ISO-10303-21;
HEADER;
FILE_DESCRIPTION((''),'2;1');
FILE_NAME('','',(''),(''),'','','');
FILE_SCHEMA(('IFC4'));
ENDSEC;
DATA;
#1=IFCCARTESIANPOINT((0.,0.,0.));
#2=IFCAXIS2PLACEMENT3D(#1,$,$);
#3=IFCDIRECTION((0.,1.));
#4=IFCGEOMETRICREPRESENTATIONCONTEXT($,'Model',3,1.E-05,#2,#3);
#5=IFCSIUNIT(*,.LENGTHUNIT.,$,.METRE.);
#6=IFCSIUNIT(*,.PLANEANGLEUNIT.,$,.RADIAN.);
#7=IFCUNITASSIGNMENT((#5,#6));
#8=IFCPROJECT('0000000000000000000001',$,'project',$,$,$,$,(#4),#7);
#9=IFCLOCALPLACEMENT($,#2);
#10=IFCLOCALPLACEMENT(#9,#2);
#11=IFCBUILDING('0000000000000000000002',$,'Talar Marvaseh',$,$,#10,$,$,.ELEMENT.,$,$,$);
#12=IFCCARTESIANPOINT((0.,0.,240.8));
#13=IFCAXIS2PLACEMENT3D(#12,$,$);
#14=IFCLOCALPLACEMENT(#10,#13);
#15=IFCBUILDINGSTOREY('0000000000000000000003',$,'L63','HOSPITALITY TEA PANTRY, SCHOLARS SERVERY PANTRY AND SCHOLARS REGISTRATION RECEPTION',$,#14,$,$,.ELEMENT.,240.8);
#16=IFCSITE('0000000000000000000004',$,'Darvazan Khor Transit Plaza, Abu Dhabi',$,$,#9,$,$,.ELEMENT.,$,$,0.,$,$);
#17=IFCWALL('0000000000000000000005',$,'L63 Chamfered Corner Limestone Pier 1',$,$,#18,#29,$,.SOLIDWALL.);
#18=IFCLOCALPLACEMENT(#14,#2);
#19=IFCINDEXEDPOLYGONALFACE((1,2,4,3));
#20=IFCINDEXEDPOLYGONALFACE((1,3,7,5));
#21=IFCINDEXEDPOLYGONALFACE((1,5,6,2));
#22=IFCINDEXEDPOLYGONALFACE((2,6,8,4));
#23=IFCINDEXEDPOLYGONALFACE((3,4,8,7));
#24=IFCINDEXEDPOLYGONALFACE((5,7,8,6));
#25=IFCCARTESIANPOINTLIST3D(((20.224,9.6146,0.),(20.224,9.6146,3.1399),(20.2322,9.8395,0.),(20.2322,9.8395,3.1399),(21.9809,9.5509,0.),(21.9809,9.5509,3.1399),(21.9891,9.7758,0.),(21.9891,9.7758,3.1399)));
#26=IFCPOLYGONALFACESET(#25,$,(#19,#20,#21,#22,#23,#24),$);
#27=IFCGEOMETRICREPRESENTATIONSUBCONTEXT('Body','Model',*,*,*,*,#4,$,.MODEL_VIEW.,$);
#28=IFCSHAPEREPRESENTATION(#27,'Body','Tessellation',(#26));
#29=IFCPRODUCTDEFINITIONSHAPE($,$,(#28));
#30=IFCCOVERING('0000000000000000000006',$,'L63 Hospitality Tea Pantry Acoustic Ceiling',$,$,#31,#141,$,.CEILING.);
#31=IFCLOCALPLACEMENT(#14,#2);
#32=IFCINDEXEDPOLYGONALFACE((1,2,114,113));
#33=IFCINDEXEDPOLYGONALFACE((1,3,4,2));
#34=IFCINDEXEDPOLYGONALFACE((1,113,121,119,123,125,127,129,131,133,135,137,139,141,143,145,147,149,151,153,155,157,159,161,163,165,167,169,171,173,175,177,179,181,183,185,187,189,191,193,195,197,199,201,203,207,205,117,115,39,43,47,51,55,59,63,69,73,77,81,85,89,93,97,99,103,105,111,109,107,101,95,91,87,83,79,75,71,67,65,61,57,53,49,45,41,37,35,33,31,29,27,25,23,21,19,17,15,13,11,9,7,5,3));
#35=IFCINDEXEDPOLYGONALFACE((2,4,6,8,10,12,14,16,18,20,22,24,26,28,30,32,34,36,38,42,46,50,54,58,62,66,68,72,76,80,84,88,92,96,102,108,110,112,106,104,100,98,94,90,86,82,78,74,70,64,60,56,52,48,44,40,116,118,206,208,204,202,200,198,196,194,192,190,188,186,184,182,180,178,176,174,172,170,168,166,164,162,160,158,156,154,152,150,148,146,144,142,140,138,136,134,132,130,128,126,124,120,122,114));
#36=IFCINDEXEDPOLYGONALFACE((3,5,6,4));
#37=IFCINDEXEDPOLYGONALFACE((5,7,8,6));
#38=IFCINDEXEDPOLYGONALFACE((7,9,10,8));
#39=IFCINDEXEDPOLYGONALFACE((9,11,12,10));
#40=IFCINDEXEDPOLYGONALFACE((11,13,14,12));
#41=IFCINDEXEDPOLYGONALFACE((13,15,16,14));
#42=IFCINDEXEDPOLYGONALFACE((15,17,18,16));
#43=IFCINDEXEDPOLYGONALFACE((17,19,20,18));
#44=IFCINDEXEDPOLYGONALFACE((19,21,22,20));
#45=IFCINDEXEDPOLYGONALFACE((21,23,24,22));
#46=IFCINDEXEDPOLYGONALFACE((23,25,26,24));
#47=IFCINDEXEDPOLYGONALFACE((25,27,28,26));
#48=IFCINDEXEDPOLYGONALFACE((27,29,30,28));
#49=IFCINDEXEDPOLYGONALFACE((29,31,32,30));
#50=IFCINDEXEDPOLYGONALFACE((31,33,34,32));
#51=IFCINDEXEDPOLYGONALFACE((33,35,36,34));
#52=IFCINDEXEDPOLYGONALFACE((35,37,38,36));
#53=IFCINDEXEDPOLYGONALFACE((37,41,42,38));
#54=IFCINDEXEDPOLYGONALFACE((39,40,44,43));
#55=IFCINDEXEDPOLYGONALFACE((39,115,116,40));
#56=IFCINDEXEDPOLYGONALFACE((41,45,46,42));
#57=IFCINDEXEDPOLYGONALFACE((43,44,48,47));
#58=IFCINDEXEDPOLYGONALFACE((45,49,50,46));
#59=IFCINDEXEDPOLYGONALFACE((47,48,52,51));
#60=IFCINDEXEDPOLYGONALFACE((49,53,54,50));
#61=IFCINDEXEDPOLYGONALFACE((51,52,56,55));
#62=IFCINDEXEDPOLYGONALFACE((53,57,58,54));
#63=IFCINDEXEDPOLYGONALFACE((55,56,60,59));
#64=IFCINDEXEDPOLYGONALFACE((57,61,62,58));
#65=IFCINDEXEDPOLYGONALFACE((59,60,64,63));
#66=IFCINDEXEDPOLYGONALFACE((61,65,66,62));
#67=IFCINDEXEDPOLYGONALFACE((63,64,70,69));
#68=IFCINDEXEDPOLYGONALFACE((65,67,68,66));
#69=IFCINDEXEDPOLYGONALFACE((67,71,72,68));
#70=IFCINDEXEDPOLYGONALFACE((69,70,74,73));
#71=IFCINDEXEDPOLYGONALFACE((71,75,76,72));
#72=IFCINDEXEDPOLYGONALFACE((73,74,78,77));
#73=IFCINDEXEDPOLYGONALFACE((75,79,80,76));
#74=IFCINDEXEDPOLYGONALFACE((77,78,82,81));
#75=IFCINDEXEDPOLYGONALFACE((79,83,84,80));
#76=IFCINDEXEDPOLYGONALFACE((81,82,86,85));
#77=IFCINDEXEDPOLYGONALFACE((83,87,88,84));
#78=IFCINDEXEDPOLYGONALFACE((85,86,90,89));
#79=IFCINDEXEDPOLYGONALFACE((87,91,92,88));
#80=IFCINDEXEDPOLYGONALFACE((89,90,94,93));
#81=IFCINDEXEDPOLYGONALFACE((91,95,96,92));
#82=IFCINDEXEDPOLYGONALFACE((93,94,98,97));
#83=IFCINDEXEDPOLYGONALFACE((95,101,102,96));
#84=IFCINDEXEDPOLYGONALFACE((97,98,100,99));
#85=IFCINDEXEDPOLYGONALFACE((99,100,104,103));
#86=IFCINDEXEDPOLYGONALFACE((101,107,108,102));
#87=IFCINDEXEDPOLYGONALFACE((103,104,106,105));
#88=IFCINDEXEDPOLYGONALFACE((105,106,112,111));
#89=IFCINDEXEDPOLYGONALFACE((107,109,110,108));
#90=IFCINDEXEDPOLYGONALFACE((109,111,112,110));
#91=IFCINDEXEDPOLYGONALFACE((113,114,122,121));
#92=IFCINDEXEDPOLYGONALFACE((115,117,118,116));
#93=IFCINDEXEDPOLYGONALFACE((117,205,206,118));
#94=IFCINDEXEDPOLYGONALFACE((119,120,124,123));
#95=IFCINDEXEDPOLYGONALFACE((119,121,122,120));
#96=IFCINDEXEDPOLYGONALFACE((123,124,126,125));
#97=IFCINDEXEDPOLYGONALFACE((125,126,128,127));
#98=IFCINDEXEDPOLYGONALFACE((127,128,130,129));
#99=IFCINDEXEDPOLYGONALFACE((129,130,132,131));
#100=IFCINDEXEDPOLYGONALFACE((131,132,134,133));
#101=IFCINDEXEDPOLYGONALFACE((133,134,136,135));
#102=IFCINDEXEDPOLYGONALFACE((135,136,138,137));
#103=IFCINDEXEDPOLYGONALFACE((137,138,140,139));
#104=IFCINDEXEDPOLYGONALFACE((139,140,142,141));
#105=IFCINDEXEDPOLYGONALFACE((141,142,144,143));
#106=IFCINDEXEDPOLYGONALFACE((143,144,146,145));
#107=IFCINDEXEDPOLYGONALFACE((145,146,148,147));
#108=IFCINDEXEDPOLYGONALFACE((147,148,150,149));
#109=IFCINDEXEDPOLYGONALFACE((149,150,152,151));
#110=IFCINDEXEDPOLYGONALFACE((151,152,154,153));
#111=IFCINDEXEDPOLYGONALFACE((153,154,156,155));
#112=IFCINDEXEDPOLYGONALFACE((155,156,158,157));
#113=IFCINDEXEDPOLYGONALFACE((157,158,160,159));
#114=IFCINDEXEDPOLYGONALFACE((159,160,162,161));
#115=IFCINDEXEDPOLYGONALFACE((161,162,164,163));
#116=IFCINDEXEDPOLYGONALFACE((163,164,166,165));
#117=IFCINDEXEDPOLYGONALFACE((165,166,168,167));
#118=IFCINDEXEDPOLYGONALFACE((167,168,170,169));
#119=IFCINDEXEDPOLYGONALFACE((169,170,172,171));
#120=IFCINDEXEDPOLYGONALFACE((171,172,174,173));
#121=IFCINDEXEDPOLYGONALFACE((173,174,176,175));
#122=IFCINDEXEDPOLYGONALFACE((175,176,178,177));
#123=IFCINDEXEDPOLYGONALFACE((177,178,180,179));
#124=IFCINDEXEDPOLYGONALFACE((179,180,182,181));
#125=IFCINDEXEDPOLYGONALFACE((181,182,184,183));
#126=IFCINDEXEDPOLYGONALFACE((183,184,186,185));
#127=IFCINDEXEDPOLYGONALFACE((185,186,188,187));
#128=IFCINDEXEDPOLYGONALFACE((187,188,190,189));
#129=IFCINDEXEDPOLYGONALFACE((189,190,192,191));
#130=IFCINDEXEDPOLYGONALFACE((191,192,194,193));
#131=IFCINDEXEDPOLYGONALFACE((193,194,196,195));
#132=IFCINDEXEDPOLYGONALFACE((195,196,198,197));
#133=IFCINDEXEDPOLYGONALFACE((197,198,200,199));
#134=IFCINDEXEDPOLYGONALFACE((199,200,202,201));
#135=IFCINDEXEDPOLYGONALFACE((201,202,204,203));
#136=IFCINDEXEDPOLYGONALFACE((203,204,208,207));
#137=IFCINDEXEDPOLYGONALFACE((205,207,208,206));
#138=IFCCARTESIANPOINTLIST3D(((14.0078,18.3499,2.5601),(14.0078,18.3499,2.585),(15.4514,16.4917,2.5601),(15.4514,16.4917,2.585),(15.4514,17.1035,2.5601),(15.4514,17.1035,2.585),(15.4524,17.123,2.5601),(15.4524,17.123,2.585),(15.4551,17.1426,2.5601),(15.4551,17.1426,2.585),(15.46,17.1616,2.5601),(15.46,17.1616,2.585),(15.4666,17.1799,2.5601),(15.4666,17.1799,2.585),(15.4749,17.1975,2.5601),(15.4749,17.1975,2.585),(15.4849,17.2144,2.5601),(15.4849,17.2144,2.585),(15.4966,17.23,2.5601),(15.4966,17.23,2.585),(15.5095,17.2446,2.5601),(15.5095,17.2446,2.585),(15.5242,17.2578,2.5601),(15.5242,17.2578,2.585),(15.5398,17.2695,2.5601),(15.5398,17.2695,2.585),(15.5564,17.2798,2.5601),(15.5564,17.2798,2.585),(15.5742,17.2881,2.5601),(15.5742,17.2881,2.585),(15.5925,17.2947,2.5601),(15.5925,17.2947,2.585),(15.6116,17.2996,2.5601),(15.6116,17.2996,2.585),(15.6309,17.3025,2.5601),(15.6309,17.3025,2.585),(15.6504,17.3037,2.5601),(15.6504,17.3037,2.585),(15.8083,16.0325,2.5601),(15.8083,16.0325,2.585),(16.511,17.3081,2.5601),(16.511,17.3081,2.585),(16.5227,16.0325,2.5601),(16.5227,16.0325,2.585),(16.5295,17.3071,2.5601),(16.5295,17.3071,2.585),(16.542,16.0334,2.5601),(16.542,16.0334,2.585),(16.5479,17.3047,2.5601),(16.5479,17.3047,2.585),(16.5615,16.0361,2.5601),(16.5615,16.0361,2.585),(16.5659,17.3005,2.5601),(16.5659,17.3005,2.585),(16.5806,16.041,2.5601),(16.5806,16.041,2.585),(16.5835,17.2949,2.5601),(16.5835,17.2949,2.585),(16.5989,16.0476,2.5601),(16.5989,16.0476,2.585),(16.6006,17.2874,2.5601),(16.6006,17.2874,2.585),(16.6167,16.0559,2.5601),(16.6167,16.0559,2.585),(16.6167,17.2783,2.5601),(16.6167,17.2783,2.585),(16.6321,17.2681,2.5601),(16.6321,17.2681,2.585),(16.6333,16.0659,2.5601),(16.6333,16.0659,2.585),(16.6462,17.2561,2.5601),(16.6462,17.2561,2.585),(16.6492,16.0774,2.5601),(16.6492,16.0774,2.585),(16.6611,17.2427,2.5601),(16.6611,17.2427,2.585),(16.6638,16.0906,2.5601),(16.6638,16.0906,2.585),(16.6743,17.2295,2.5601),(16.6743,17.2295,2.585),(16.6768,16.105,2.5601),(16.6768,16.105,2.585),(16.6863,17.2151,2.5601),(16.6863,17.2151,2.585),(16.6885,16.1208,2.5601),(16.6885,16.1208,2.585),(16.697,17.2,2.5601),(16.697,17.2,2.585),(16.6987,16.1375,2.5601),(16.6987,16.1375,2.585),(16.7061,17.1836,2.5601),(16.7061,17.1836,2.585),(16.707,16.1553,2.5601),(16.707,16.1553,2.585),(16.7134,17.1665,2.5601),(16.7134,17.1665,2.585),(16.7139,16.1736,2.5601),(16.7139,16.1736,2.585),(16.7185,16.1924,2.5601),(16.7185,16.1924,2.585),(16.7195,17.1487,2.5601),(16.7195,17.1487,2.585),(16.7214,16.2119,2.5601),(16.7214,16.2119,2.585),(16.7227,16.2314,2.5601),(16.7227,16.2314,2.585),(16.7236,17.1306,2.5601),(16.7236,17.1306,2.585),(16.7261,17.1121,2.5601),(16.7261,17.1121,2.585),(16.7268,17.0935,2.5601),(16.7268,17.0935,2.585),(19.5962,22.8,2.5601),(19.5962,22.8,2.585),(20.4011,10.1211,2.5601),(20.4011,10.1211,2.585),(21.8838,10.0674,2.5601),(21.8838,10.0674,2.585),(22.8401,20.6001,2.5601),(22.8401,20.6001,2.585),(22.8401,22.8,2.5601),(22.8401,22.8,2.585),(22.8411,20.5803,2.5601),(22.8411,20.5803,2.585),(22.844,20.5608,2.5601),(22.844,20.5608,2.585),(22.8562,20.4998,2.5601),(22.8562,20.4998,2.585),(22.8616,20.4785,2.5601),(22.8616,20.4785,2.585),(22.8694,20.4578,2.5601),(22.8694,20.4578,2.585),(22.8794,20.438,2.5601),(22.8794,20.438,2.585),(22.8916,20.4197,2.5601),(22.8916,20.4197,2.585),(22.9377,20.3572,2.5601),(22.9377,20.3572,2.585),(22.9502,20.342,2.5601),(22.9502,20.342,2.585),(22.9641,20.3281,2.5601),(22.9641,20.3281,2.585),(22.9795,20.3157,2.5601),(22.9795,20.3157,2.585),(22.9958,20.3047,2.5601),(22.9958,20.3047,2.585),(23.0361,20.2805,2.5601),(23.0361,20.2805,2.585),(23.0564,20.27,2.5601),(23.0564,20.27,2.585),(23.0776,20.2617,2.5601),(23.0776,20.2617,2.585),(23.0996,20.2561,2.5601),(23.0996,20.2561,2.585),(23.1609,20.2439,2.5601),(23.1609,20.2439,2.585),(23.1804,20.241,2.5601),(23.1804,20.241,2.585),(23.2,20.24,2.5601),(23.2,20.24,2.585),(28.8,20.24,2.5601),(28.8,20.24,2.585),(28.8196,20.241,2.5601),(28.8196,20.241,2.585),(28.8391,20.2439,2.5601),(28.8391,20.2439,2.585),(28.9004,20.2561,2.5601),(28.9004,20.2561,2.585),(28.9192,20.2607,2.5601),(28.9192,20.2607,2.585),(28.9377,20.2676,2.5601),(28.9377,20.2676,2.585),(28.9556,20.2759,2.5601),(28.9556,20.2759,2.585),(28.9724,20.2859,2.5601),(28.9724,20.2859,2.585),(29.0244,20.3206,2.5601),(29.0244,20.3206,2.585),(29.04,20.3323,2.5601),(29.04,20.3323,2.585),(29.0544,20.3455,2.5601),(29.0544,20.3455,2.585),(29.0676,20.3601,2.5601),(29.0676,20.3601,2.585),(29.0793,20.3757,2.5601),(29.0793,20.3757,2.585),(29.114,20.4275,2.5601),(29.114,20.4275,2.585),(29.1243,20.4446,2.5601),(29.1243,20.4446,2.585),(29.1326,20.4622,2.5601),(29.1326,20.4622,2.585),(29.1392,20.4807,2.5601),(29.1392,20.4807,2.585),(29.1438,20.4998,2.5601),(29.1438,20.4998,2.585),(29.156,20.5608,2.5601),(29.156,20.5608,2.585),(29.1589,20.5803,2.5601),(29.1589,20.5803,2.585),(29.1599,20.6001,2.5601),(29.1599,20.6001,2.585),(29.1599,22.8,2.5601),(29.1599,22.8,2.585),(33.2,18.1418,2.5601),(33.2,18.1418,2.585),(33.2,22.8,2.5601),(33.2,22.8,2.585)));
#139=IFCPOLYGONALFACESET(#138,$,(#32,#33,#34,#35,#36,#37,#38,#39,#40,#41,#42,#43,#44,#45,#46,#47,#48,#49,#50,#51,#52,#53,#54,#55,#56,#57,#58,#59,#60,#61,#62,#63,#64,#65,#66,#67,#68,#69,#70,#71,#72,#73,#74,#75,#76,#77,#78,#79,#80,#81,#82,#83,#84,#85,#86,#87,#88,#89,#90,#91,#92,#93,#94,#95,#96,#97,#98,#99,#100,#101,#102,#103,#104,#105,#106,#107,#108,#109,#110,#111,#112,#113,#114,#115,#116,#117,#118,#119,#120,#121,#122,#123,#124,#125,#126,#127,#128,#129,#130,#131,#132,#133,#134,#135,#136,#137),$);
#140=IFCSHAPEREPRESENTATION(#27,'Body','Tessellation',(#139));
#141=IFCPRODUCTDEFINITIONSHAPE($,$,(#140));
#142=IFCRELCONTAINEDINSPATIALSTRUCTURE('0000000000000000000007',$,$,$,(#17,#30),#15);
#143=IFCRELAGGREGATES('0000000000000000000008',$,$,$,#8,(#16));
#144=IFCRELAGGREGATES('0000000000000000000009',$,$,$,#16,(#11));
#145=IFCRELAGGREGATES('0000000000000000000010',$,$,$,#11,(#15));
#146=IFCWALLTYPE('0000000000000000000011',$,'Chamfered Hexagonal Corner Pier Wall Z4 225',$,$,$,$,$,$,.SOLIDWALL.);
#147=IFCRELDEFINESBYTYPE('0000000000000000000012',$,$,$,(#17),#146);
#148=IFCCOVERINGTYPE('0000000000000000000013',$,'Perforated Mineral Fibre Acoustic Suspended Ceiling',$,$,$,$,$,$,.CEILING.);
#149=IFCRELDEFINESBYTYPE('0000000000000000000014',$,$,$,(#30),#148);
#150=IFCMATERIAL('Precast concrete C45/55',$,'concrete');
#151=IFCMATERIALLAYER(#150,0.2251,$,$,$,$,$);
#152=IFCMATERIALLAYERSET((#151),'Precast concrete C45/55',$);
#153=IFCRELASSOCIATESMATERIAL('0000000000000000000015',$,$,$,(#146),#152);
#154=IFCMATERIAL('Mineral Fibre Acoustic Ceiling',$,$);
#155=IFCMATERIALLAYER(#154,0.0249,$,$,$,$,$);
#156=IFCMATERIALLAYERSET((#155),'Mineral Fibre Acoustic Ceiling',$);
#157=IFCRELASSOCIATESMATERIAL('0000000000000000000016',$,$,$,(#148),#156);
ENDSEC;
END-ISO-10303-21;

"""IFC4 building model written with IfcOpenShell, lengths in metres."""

from ifc_helpers import new_model, si_unit, direction, frame, frame_2d, origin, place, context, subcontext, project, spatial, polyline, rectangle, outline, extrude, material, layer, layer_set, type_object, element, save


model = new_model("IFC4")

# Units and contexts
model_context = context("Model", 3, precision=1e-05, world=origin(), true_north=direction((0.0, 1.0)))
body_context = subcontext(model_context, "Body", "Model", "MODEL_VIEW")
ifc_project = project(units=[si_unit("LENGTHUNIT", "METRE"), si_unit("PLANEANGLEUNIT", "RADIAN")], contexts=[model_context])

# Site, building, storey
site_placement = place(None, origin())
site = spatial("IfcSite", under=ifc_project, at=site_placement, Name="Darvazan Khor Transit Plaza, Abu Dhabi", CompositionType="ELEMENT", RefElevation=0.0)
building_placement = place(site_placement, origin())
building = spatial("IfcBuilding", under=site, at=building_placement, Name="Talar Marvaseh", CompositionType="ELEMENT")
storey_placement = place(building_placement, frame((0.0, 0.0, 240.8)))
storey = spatial("IfcBuildingStorey", under=building, at=storey_placement, Name="L63", Description="HOSPITALITY TEA PANTRY, SCHOLARS SERVERY PANTRY AND SCHOLARS REGISTRATION RECEPTION", CompositionType="ELEMENT", Elevation=240.8)

# Wall
ifc_material_1 = material(Name="Precast concrete C45/55", Category="concrete")
ifc_layer_1 = layer(ifc_material_1, 0.2251)
ifc_layer_set_1 = layer_set([ifc_layer_1], Name="Precast concrete C45/55")
wall_type = type_object("IfcWallType", Name="Chamfered Hexagonal Corner Pier Wall Z4 225", PredefinedType="SOLIDWALL", material=ifc_layer_set_1)
wall_placement = place(storey_placement, frame((21.9849, 9.6633, 0.0), z_axis=(0.0, 0.0, 1.0), x_axis=(-0.999343, 0.036246, 0.0)))
element("IfcWall", 1, at=wall_placement, inside=storey, type_object=wall_type, Name="L63 Chamfered Corner Limestone Pier 1", PredefinedType="SOLIDWALL", context=body_context, shape_type="SweptSolid", body=[
    extrude(rectangle(XDim=1.7581, YDim=0.2251, at=frame_2d((0.8789, 0.0))), origin(), (0.0, 0.0, 1.0), 3.1399),
])

# Covering
ifc_material_2 = material(Name="Mineral Fibre Acoustic Ceiling")
ifc_layer_2 = layer(ifc_material_2, 0.0249)
ifc_layer_set_2 = layer_set([ifc_layer_2], Name="Mineral Fibre Acoustic Ceiling")
covering_type_1 = type_object("IfcCoveringType", Name="Perforated Mineral Fibre Acoustic Suspended Ceiling", PredefinedType="CEILING", material=ifc_layer_set_2)
covering_1_placement = place(storey_placement, frame((0.0, 0.0, 2.5601)))
element("IfcCovering", 2, at=covering_1_placement, inside=storey, type_object=covering_type_1, Name="L63 Hospitality Tea Pantry Acoustic Ceiling", PredefinedType="CEILING", context=body_context, shape_type="SweptSolid", body=[
    extrude(outline(polyline([(22.8401, 22.8), (22.8401, 20.6001), (22.8411, 20.5803), (22.844, 20.5608), (22.8562, 20.4998), (22.8616, 20.4785), (22.8694, 20.4578), (22.8794, 20.438), (22.8916, 20.4197), (22.9377, 20.3572), (22.9502, 20.342), (22.9641, 20.3281), (22.9795, 20.3157), (22.9958, 20.3047), (23.0361, 20.2805), (23.0564, 20.27), (23.0776, 20.2617), (23.0996, 20.2561), (23.1609, 20.2439), (23.1804, 20.241), (23.2, 20.24), (28.8, 20.24), (28.8196, 20.241), (28.8391, 20.2439), (28.9004, 20.2561), (28.9192, 20.2607), (28.9377, 20.2676), (28.9556, 20.2759), (28.9724, 20.2859), (29.0244, 20.3206), (29.04, 20.3323), (29.0544, 20.3455), (29.0676, 20.3601), (29.0793, 20.3757), (29.114, 20.4275), (29.1243, 20.4446), (29.1326, 20.4622), (29.1392, 20.4807), (29.1438, 20.4998), (29.156, 20.5608), (29.1589, 20.5803), (29.1599, 20.6001), (29.1599, 22.8), (33.2, 22.8), (33.2, 18.1418), (21.8838, 10.0674), (20.4011, 10.1211), (15.8083, 16.0325), (16.5227, 16.0325), (16.542, 16.0334), (16.5615, 16.0361), (16.5806, 16.041), (16.5989, 16.0476), (16.6167, 16.0559), (16.6333, 16.0659), (16.6492, 16.0774), (16.6638, 16.0906), (16.6768, 16.105), (16.6885, 16.1208), (16.6987, 16.1375), (16.707, 16.1553), (16.7139, 16.1736), (16.7185, 16.1924), (16.7214, 16.2119), (16.7227, 16.2314), (16.7268, 17.0935), (16.7261, 17.1121), (16.7236, 17.1306), (16.7195, 17.1487), (16.7134, 17.1665), (16.7061, 17.1836), (16.697, 17.2), (16.6863, 17.2151), (16.6743, 17.2295), (16.6611, 17.2427), (16.6462, 17.2561), (16.6321, 17.2681), (16.6167, 17.2783), (16.6006, 17.2874), (16.5835, 17.2949), (16.5659, 17.3005), (16.5479, 17.3047), (16.5295, 17.3071), (16.511, 17.3081), (15.6504, 17.3037), (15.6309, 17.3025), (15.6116, 17.2996), (15.5925, 17.2947), (15.5742, 17.2881), (15.5564, 17.2798), (15.5398, 17.2695), (15.5242, 17.2578), (15.5095, 17.2446), (15.4966, 17.23), (15.4849, 17.2144), (15.4749, 17.1975), (15.4666, 17.1799), (15.46, 17.1616), (15.4551, 17.1426), (15.4524, 17.123), (15.4514, 17.1035), (15.4514, 16.4917), (14.0078, 18.3499), (19.5962, 22.8), (22.8401, 22.8)])), origin(), (0.0, 0.0, 1.0), 0.0249),
])

save(model, "model.ifc")
